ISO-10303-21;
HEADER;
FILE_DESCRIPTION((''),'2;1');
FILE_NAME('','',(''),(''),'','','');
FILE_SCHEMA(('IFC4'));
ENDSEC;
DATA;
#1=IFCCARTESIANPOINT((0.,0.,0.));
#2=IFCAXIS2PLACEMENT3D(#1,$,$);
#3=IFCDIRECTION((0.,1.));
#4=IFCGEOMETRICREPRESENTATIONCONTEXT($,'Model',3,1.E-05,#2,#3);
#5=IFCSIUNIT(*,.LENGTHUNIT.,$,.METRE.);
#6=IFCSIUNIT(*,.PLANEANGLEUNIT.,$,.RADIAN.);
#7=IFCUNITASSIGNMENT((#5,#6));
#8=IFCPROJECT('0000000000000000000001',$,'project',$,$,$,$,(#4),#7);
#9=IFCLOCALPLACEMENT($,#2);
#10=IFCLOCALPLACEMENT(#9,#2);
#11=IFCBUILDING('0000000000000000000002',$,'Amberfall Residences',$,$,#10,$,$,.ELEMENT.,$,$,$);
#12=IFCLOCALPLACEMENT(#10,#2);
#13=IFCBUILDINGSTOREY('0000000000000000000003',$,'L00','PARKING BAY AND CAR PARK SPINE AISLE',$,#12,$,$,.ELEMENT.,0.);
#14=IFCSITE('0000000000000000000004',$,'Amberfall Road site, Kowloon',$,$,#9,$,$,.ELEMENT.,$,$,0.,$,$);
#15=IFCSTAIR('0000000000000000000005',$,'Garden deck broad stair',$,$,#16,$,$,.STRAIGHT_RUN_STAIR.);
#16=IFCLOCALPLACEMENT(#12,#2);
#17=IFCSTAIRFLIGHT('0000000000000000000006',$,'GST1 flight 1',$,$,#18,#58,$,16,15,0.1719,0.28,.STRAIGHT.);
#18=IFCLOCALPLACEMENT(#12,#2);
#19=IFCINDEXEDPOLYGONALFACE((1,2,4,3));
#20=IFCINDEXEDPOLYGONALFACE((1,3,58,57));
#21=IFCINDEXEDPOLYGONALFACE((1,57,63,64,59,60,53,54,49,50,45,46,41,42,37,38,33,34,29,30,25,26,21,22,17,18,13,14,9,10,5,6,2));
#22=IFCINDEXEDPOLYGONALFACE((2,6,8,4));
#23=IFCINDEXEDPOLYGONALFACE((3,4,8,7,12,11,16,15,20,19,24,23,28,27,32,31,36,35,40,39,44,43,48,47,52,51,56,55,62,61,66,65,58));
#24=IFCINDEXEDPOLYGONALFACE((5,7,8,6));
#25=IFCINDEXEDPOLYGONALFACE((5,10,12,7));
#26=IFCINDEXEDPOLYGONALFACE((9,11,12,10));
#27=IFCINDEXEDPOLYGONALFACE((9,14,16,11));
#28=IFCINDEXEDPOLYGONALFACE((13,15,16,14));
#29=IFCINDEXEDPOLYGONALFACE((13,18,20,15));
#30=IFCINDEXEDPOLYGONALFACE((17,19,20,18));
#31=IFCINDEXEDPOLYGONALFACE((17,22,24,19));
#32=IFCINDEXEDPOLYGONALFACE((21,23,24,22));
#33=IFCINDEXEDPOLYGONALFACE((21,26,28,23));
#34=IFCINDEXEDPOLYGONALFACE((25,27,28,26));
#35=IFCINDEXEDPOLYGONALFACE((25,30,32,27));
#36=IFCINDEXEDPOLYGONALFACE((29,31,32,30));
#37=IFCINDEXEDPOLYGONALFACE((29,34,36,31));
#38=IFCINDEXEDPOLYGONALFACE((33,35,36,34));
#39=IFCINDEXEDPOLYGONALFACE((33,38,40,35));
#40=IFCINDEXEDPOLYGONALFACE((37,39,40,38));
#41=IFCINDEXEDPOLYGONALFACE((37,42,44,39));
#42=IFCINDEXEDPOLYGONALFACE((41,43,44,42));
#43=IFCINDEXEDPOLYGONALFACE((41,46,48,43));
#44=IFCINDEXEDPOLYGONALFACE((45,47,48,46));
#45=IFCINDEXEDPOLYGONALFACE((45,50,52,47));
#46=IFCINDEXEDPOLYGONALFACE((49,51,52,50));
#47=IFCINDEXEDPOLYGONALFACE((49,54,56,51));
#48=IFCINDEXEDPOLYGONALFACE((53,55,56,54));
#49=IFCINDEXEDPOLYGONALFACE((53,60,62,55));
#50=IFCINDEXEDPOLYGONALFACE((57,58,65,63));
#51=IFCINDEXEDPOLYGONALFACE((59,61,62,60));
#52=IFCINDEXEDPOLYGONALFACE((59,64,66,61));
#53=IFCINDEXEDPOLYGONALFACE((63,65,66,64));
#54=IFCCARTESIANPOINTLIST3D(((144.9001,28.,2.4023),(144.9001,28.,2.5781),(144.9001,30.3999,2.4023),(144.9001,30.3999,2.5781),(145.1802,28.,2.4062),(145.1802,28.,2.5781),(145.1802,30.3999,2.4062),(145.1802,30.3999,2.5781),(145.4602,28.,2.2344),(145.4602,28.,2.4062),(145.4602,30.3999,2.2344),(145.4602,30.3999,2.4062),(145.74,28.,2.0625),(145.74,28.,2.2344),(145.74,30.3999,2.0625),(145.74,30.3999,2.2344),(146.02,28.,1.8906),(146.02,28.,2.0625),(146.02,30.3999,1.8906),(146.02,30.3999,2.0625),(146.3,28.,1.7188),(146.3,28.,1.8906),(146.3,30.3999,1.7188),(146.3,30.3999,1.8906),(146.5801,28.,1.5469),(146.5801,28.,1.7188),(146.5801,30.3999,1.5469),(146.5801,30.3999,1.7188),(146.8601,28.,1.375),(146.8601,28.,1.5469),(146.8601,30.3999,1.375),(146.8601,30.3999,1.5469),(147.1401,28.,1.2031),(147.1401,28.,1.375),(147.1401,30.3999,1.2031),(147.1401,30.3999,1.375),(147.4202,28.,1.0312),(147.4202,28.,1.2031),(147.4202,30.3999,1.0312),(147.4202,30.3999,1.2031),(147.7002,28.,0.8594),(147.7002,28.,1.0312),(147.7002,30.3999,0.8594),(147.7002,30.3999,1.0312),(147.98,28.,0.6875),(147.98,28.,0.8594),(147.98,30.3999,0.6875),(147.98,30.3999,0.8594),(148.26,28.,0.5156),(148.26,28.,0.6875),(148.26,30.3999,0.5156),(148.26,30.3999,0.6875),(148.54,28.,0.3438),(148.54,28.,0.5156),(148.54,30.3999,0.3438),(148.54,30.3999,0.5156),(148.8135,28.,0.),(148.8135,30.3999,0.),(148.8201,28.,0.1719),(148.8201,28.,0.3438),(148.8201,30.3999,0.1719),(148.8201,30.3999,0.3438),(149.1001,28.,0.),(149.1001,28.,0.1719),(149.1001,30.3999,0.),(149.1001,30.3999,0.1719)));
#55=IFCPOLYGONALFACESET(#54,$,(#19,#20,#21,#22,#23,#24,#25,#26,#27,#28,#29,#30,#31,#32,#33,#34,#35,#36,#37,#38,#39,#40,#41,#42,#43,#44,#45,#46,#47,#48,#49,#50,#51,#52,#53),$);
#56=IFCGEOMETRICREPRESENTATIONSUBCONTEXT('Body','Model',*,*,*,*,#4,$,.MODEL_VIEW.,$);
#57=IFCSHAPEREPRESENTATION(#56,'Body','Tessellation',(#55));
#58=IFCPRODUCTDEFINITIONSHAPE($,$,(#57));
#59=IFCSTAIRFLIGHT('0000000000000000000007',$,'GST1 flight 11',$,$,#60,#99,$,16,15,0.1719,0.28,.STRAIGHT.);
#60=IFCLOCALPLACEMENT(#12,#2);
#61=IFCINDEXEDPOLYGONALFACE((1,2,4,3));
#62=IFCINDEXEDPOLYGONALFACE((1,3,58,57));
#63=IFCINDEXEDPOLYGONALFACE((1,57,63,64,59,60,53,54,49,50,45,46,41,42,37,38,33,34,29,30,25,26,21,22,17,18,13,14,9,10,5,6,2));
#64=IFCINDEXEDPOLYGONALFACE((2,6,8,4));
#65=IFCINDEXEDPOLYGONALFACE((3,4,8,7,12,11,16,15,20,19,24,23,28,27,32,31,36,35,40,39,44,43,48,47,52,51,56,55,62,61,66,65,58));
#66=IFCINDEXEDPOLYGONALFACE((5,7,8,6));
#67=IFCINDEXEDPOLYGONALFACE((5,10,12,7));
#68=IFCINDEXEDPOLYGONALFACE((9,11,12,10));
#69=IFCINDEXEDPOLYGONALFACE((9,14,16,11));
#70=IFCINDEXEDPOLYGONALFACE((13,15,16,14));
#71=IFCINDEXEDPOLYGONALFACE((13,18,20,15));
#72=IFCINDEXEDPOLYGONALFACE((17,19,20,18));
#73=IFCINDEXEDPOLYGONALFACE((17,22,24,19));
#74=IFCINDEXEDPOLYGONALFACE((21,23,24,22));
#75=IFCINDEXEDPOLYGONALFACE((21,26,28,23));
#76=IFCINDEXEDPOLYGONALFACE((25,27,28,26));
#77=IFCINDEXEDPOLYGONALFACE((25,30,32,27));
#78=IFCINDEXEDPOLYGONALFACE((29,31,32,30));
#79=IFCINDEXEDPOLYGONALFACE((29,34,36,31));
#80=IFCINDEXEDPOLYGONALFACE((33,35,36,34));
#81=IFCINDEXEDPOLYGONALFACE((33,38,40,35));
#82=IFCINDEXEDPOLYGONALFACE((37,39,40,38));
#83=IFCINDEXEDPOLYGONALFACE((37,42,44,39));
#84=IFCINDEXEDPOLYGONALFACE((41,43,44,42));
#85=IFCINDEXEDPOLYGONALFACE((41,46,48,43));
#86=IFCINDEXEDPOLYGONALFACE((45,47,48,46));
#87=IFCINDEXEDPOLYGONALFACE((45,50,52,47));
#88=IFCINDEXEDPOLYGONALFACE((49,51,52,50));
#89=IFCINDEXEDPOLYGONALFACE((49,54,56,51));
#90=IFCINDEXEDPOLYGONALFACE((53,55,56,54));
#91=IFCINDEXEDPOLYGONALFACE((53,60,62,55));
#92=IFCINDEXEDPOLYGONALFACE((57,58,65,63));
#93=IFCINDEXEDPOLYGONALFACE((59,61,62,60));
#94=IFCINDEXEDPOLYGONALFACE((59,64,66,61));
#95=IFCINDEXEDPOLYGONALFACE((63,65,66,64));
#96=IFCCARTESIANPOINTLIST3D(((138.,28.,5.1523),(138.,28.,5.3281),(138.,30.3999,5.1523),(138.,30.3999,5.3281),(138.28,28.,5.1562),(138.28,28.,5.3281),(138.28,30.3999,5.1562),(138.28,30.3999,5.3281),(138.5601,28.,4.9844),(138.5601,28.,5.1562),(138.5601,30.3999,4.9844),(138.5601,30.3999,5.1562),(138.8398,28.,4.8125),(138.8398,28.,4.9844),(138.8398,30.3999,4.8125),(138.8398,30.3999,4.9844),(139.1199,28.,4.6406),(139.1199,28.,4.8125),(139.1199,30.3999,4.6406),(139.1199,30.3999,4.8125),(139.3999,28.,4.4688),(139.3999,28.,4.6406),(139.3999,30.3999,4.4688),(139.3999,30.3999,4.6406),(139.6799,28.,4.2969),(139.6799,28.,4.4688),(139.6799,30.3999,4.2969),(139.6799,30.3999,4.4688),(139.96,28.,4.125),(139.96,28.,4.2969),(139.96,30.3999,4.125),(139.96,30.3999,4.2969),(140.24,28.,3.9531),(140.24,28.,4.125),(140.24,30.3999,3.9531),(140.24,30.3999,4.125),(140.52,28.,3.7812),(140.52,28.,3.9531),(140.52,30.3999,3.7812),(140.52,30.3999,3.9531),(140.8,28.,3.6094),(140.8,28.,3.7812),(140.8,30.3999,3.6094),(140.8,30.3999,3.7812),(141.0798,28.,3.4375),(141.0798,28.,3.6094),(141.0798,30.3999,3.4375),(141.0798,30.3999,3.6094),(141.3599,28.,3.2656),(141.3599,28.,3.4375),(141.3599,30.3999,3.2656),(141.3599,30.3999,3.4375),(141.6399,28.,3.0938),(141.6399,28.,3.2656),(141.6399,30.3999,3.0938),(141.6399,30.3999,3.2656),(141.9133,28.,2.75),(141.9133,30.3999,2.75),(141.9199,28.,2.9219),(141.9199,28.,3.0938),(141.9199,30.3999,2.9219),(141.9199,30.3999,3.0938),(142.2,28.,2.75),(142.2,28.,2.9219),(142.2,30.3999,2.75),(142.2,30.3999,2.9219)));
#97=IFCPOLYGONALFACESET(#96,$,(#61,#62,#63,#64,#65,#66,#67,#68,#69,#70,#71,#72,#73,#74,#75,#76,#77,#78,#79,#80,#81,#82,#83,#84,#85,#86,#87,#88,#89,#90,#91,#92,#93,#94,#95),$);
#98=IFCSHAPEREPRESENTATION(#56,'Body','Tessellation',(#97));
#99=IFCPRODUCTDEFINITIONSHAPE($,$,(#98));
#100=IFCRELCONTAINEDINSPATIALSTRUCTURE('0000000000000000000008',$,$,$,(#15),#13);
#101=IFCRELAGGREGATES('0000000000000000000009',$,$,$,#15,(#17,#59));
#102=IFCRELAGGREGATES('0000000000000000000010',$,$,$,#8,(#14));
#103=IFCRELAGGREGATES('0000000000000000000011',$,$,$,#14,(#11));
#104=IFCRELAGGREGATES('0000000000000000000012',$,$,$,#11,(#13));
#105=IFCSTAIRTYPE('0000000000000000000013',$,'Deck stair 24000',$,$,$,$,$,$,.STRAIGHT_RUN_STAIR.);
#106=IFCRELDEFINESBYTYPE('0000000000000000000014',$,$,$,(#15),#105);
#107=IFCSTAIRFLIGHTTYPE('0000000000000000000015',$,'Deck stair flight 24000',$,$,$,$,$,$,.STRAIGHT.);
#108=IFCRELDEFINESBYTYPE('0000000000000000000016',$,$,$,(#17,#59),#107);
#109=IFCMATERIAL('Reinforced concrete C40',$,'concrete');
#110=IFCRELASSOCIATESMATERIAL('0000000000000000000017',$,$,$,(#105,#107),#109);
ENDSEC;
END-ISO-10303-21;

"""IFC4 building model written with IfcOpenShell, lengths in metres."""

from ifc_helpers import new_model, si_unit, direction, frame, origin, place, context, subcontext, project, spatial, polyline, outline, extrude, material, type_object, element, aggregate, save


model = new_model("IFC4")

# Units and contexts
model_context = context("Model", 3, precision=1e-05, world=origin(), true_north=direction((0.0, 1.0)))
body_context = subcontext(model_context, "Body", "Model", "MODEL_VIEW")
ifc_project = project(units=[si_unit("LENGTHUNIT", "METRE"), si_unit("PLANEANGLEUNIT", "RADIAN")], contexts=[model_context])

# Site, building, storey
site_placement = place(None, origin())
site = spatial("IfcSite", under=ifc_project, at=site_placement, Name="Amberfall Road site, Kowloon", CompositionType="ELEMENT", RefElevation=0.0)
building_placement = place(site_placement, origin())
building = spatial("IfcBuilding", under=site, at=building_placement, Name="Amberfall Residences", CompositionType="ELEMENT")
storey_placement = place(building_placement, origin())
storey = spatial("IfcBuildingStorey", under=building, at=storey_placement, Name="L00", Description="PARKING BAY AND CAR PARK SPINE AISLE", CompositionType="ELEMENT", Elevation=0.0)

# Shared definitions
ifc_material_1 = material(Name="Reinforced concrete C40", Category="concrete")

# Stair, stair flights
stair_type = type_object("IfcStairType", Name="Deck stair 24000", PredefinedType="STRAIGHT_RUN_STAIR", material=ifc_material_1)
stair_placement = place(storey_placement, origin())
stair = element("IfcStair", 1, at=stair_placement, inside=storey, type_object=stair_type, Name="Garden deck broad stair", PredefinedType="STRAIGHT_RUN_STAIR")
stair_flight_type = type_object("IfcStairFlightType", Name="Deck stair flight 24000", PredefinedType="STRAIGHT", material=ifc_material_1)
stair_flight_1_placement = place(storey_placement, frame((149.1001, 29.2, 0.0), z_axis=(0.0, 0.0, 1.0), x_axis=(-1.0, 0.0, 0.0)))
stair_flight_1 = element("IfcStairFlight", 2, at=stair_flight_1_placement, type_object=stair_flight_type, Name="GST1 flight 1", NumberOfRisers=16, NumberOfTreads=15, PredefinedType="STRAIGHT", RiserHeight=0.1719, TreadLength=0.28, context=body_context, shape_type="SweptSolid", body=[
    extrude(outline(polyline([(0.0, 0.0), (0.0, 0.1719), (0.28, 0.1719), (0.28, 0.3438), (0.5601, 0.3438), (0.5601, 0.5156), (0.8401, 0.5156), (0.8401, 0.6875), (1.1201, 0.6875), (1.1201, 0.8594), (1.3999, 0.8594), (1.3999, 1.0312), (1.6799, 1.0312), (1.6799, 1.2031), (1.96, 1.2031), (1.96, 1.375), (2.24, 1.375), (2.24, 1.5469), (2.52, 1.5469), (2.52, 1.7188), (2.8, 1.7188), (2.8, 1.8906), (3.0801, 1.8906), (3.0801, 2.0625), (3.3601, 2.0625), (3.3601, 2.2344), (3.6399, 2.2344), (3.6399, 2.4062), (3.9199, 2.4062), (3.9199, 2.5781), (4.2, 2.5781), (4.2, 2.75), (4.2, 2.4023), (0.2866, 0.0), (0.0, 0.0)])), frame((0.0, 1.2, 0.0), z_axis=(0.0, -1.0, 0.0), x_axis=(1.0, 0.0, 0.0)), (0.0, 0.0, 1.0), 2.3999),
])
stair_flight_2_placement = place(storey_placement, frame((142.2, 29.2, 2.75), z_axis=(0.0, 0.0, 1.0), x_axis=(-1.0, 0.0, 0.0)))
stair_flight_2 = element("IfcStairFlight", 3, at=stair_flight_2_placement, type_object=stair_flight_type, Name="GST1 flight 11", NumberOfRisers=16, NumberOfTreads=15, PredefinedType="STRAIGHT", RiserHeight=0.1719, TreadLength=0.28, context=body_context, shape_type="SweptSolid", body=[
    extrude(outline(polyline([(0.0, 0.0), (0.0, 0.1719), (0.28, 0.1719), (0.28, 0.3438), (0.5601, 0.3438), (0.5601, 0.5156), (0.8401, 0.5156), (0.8401, 0.6875), (1.1201, 0.6875), (1.1201, 0.8594), (1.3999, 0.8594), (1.3999, 1.0312), (1.6799, 1.0312), (1.6799, 1.2031), (1.96, 1.2031), (1.96, 1.375), (2.24, 1.375), (2.24, 1.5469), (2.52, 1.5469), (2.52, 1.7188), (2.8, 1.7188), (2.8, 1.8906), (3.0801, 1.8906), (3.0801, 2.0625), (3.3601, 2.0625), (3.3601, 2.2344), (3.6399, 2.2344), (3.6399, 2.4062), (3.9199, 2.4062), (3.9199, 2.5781), (4.2, 2.5781), (4.2, 2.75), (4.2, 2.4023), (0.2866, 0.0), (0.0, 0.0)])), frame((0.0, 1.2, 0.0), z_axis=(0.0, -1.0, 0.0), x_axis=(1.0, 0.0, 0.0)), (0.0, 0.0, 1.0), 2.3999),
])
aggregate(stair, [stair_flight_1, stair_flight_2])

save(model, "model.ifc")
